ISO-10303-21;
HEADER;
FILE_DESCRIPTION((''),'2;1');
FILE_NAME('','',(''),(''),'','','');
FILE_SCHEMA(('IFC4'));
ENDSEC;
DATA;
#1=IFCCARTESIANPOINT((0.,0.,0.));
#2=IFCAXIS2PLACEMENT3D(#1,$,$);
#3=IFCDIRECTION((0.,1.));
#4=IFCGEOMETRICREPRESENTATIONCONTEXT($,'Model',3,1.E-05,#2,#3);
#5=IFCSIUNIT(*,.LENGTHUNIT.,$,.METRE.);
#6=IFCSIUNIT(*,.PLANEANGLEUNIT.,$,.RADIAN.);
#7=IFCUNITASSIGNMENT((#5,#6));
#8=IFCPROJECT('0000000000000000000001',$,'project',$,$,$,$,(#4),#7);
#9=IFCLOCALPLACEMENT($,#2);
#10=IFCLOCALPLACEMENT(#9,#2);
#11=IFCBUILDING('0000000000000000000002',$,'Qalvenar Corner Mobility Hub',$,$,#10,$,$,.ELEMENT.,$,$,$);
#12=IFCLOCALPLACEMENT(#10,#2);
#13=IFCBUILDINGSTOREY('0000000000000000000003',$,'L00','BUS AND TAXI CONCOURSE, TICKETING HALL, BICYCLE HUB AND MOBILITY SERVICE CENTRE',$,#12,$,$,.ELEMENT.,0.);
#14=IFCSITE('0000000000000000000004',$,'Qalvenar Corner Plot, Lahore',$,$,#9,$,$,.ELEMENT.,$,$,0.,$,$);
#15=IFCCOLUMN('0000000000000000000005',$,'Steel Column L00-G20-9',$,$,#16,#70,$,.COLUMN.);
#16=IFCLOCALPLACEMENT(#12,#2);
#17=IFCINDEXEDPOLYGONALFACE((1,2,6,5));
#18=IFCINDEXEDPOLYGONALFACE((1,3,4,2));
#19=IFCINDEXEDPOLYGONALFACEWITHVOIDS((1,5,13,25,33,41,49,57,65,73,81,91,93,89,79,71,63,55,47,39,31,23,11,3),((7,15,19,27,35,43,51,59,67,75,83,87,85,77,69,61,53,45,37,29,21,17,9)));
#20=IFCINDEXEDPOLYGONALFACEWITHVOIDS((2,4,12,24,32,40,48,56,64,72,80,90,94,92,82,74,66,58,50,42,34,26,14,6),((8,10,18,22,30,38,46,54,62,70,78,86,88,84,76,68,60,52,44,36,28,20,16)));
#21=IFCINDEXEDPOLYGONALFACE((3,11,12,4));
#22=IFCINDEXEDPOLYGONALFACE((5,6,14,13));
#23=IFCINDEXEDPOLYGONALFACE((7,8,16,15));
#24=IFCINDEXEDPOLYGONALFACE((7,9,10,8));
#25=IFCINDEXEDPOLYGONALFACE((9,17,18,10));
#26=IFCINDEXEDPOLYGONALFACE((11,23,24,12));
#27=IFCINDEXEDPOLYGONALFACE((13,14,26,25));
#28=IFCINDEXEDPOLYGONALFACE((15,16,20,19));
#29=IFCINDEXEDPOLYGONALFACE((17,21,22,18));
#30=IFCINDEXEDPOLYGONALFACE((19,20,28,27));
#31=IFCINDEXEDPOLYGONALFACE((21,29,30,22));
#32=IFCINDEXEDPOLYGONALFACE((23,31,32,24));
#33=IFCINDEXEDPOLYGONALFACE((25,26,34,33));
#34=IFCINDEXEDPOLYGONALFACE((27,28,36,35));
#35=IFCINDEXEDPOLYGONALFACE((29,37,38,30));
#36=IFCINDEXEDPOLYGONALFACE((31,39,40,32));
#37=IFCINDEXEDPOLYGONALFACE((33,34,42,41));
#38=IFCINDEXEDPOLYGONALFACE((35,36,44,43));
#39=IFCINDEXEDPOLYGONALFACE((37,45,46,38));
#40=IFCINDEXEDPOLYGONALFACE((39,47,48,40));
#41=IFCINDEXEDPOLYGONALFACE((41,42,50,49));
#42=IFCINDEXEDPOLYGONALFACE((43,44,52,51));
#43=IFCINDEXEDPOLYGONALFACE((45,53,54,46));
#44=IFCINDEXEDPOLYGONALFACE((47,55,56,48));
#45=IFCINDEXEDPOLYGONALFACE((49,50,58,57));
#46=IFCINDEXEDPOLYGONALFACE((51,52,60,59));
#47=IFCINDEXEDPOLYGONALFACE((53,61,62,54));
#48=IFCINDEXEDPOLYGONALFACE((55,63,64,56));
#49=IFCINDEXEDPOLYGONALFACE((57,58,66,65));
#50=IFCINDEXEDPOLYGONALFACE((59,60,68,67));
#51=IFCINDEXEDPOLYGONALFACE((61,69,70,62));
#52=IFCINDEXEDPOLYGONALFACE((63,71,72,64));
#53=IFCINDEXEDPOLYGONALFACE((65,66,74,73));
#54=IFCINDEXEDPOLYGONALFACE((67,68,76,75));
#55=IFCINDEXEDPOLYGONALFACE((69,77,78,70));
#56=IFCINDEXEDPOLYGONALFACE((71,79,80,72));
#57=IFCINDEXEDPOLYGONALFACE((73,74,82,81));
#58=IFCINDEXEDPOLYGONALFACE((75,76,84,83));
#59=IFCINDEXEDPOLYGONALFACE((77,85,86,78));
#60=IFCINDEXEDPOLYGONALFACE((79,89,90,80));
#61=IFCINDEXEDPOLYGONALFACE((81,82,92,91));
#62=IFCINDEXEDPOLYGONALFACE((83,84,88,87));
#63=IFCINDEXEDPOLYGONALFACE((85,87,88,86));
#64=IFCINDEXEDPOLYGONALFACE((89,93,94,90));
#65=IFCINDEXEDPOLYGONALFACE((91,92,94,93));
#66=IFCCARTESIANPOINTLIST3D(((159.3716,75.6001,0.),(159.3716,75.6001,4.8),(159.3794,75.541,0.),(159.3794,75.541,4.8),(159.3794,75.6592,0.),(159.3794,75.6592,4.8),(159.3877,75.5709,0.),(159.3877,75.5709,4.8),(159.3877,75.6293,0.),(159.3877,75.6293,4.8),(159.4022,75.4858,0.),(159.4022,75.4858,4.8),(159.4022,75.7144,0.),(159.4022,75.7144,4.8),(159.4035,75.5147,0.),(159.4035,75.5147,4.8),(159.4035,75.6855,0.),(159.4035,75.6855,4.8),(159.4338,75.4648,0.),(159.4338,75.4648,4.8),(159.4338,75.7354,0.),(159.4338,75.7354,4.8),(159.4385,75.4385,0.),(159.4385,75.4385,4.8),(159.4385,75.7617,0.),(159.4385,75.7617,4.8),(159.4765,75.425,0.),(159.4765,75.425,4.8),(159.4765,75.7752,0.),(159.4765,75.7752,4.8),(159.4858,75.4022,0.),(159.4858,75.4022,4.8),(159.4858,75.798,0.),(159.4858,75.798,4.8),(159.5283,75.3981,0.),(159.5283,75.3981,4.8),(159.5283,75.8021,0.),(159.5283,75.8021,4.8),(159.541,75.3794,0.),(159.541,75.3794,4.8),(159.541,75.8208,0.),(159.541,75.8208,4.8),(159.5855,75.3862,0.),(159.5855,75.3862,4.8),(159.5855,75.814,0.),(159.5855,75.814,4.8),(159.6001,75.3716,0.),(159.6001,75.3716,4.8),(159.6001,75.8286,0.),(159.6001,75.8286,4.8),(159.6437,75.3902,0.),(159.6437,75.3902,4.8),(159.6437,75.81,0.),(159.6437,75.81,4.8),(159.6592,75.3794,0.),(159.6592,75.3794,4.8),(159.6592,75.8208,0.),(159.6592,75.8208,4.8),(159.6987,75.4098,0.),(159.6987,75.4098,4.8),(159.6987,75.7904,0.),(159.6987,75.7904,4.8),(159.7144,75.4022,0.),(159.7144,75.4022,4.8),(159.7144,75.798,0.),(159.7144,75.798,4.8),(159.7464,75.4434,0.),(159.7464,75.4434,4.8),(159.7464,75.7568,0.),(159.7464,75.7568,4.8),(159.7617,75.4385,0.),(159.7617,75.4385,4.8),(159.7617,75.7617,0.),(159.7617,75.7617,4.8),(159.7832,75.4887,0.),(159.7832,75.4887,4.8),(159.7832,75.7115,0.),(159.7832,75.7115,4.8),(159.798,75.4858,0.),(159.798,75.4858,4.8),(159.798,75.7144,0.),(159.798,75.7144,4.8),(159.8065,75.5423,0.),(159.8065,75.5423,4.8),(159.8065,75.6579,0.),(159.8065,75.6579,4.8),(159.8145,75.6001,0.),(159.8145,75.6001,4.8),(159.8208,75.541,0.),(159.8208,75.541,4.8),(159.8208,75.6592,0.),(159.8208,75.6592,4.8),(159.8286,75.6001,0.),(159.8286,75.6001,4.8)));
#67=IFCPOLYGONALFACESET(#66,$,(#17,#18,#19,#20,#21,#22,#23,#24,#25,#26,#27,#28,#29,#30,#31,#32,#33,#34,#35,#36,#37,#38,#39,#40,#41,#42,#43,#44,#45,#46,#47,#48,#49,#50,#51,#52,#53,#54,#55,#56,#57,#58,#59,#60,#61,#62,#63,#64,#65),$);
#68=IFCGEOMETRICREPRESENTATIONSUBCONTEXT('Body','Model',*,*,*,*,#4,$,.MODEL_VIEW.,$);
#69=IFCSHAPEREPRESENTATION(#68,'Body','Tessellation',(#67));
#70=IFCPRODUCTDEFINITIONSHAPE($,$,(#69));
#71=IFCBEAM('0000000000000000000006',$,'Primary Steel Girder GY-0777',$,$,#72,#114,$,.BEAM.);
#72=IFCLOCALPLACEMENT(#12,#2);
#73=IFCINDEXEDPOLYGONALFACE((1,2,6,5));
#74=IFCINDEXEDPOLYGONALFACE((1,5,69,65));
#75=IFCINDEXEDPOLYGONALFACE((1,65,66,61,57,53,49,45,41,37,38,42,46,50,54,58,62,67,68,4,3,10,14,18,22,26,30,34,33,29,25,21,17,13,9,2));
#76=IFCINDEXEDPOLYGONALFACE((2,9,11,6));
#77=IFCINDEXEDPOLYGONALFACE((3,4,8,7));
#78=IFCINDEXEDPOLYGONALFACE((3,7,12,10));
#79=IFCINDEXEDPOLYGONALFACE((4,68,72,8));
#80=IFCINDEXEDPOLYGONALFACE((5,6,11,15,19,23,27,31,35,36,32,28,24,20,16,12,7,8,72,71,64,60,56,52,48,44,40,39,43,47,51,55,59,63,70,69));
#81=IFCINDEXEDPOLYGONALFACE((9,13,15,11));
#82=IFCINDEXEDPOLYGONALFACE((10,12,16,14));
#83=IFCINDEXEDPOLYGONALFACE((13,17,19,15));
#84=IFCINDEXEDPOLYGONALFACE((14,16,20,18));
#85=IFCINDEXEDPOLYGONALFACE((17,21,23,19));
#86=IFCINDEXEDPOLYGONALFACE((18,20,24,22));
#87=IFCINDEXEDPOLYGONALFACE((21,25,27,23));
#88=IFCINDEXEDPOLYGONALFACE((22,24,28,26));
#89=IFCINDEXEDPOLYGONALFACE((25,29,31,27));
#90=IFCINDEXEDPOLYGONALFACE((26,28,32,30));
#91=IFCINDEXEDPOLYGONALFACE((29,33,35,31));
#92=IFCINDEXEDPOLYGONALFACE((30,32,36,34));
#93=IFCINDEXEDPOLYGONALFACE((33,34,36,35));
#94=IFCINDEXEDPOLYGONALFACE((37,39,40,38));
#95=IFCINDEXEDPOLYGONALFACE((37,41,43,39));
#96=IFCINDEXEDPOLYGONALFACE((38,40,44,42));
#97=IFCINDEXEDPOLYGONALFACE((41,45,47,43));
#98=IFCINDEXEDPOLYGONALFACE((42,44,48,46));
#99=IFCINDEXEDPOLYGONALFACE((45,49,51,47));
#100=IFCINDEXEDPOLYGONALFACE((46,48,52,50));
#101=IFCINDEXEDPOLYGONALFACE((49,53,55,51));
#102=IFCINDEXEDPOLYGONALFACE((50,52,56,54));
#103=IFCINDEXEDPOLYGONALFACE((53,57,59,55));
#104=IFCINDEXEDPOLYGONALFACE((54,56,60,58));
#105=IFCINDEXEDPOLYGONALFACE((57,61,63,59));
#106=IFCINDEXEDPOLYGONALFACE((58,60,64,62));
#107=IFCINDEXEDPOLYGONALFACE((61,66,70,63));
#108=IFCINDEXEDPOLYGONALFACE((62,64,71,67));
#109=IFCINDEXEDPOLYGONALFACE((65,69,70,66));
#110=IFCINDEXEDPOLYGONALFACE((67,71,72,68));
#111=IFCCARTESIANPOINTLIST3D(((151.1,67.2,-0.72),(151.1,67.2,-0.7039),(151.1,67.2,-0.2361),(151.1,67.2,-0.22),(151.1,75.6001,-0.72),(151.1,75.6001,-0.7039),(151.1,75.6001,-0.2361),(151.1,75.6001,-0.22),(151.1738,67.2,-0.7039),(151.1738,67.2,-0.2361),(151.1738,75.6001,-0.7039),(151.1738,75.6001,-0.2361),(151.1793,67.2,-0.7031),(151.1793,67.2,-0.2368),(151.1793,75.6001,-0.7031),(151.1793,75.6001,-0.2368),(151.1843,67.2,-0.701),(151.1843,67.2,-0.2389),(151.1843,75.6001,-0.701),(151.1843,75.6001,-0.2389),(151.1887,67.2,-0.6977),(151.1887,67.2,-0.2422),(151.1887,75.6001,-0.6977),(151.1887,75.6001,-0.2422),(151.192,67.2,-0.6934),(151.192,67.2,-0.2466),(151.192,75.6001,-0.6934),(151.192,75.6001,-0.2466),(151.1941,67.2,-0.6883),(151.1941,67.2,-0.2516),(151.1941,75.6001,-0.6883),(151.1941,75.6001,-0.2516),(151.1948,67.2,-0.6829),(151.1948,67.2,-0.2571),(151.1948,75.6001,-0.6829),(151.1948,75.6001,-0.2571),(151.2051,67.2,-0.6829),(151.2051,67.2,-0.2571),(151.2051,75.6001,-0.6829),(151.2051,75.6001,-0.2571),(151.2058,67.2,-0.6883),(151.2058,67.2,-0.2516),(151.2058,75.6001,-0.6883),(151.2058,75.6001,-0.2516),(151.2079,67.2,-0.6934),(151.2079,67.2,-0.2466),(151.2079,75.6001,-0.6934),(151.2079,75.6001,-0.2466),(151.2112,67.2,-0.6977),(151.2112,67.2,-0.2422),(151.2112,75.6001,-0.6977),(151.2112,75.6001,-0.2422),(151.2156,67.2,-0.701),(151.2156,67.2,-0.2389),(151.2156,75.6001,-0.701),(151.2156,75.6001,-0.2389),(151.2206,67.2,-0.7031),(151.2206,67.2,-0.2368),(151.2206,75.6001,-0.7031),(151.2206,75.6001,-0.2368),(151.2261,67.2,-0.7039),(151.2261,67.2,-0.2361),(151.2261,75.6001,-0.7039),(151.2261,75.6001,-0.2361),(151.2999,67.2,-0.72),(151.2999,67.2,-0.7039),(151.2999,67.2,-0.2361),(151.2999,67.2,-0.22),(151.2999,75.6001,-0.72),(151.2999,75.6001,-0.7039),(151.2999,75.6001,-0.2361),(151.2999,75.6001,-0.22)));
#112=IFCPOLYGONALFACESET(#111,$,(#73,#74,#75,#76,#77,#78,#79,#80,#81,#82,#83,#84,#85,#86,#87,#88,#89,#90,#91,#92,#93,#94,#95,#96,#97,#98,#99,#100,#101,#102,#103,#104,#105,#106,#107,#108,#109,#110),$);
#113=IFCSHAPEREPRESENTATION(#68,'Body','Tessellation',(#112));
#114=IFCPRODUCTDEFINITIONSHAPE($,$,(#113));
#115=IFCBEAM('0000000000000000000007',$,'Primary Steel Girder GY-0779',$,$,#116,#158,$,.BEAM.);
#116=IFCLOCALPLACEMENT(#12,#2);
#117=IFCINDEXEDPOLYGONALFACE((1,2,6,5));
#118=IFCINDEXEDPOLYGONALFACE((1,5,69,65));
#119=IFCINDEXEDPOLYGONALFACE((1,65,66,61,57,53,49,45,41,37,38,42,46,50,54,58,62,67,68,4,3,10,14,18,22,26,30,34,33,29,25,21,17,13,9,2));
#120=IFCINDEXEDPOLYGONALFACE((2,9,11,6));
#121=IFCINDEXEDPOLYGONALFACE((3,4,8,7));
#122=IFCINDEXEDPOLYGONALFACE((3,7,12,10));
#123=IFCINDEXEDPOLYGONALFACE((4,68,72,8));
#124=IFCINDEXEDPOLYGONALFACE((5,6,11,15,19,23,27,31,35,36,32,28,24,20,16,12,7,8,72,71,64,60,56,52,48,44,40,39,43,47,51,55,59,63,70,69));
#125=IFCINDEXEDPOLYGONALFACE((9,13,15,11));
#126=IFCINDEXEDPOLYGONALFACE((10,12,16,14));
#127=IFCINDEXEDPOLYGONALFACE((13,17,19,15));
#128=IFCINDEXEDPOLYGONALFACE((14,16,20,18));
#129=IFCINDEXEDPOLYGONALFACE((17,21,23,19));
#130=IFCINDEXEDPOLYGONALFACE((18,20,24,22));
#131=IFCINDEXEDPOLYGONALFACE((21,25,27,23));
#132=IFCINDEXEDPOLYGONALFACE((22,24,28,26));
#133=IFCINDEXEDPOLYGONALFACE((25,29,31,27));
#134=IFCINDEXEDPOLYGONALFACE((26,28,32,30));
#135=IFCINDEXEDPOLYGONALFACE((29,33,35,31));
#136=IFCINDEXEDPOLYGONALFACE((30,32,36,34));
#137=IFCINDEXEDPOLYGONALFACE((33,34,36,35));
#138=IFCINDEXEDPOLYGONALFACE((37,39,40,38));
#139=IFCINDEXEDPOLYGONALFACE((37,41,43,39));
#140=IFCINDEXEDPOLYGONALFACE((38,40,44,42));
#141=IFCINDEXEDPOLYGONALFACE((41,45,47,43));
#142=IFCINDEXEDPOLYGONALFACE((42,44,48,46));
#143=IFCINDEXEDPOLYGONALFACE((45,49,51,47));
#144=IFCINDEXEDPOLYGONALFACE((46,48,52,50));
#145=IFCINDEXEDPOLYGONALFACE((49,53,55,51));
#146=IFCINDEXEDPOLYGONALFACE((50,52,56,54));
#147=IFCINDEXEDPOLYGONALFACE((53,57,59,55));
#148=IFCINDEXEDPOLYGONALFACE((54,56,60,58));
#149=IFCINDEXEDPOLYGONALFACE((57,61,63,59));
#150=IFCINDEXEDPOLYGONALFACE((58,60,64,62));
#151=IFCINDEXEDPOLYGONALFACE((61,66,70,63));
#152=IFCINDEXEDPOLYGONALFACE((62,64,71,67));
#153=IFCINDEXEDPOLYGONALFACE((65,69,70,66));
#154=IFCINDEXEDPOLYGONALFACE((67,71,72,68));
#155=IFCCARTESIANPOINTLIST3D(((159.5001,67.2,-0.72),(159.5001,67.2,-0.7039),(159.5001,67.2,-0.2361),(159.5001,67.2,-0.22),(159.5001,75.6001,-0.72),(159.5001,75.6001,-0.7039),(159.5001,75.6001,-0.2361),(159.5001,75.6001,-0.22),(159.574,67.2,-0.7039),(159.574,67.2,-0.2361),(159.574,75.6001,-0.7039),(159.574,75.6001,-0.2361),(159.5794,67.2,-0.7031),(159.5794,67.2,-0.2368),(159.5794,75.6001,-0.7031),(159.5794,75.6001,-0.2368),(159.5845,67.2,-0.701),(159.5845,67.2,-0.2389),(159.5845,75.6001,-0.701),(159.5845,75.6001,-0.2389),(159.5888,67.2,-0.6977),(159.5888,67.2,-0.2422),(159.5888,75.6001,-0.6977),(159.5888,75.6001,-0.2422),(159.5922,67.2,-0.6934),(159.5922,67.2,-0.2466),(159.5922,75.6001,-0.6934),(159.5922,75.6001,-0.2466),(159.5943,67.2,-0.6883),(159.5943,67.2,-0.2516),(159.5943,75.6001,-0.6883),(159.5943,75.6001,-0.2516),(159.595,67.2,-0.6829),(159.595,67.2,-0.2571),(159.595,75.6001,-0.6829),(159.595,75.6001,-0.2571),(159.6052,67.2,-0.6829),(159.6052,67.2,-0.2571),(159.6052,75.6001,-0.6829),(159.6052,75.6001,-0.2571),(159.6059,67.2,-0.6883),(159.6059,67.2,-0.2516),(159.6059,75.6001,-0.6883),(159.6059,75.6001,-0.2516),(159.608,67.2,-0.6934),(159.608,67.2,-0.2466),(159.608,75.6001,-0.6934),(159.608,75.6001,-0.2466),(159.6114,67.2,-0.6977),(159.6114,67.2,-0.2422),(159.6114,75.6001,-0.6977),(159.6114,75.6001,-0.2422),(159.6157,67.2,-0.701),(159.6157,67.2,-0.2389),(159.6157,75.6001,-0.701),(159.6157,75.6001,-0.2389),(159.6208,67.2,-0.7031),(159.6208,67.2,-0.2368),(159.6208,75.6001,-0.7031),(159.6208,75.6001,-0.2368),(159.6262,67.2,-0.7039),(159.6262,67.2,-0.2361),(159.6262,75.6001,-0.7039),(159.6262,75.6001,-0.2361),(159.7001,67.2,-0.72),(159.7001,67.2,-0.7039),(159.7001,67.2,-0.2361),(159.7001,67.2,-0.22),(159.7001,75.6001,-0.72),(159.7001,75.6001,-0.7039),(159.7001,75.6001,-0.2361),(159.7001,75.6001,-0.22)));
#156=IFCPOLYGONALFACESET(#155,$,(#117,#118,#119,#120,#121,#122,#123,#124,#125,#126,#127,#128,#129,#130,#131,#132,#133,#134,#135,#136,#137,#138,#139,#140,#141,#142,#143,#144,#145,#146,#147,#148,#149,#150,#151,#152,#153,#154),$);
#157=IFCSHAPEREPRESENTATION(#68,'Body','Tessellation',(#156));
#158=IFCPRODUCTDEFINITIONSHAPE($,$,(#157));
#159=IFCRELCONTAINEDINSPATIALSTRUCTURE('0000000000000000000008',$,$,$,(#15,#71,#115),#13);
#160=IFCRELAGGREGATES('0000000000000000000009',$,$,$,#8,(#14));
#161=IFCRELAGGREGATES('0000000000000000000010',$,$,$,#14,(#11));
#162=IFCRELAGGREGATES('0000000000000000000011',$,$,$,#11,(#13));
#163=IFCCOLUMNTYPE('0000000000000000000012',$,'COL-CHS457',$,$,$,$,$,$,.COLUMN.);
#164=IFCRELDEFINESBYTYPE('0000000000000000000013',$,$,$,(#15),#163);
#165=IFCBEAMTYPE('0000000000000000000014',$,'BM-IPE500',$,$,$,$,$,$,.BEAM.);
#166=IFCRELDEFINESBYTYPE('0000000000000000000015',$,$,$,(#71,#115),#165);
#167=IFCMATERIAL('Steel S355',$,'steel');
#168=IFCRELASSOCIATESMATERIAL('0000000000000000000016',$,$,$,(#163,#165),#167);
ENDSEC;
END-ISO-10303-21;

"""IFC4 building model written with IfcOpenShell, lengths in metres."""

from ifc_helpers import new_model, si_unit, direction, frame, origin, origin_2d, place, context, subcontext, project, spatial, hollow_circle, i_section, extrude, material, material_profile, profile_set, type_object, element, save


model = new_model("IFC4")

# Units and contexts
model_context = context("Model", 3, precision=1e-05, world=origin(), true_north=direction((0.0, 1.0)))
body_context = subcontext(model_context, "Body", "Model", "MODEL_VIEW")
ifc_project = project(units=[si_unit("LENGTHUNIT", "METRE"), si_unit("PLANEANGLEUNIT", "RADIAN")], contexts=[model_context])

# Site, building, storey
site_placement = place(None, origin())
site = spatial("IfcSite", under=ifc_project, at=site_placement, Name="Qalvenar Corner Plot, Lahore", CompositionType="ELEMENT", RefElevation=0.0)
building_placement = place(site_placement, origin())
building = spatial("IfcBuilding", under=site, at=building_placement, Name="Qalvenar Corner Mobility Hub", CompositionType="ELEMENT")
storey_placement = place(building_placement, origin())
storey = spatial("IfcBuildingStorey", under=building, at=storey_placement, Name="L00", Description="BUS AND TAXI CONCOURSE, TICKETING HALL, BICYCLE HUB AND MOBILITY SERVICE CENTRE", CompositionType="ELEMENT", Elevation=0.0)

# Column
ifc_material_1 = material(Name="Steel S355", Category="steel")
ifc_material_profile_1 = material_profile(ifc_material_1, hollow_circle(Radius=0.2285, WallThickness=0.0142, at=origin_2d()), Name="CHS457x14.2")
ifc_profile_set_1 = profile_set([ifc_material_profile_1], Name="Steel S355")
column_type = type_object("IfcColumnType", Name="COL-CHS457", PredefinedType="COLUMN", material=ifc_profile_set_1)
for number, where, z_axis, x_axis, name in (
    (1, (159.6001, 75.6001, 0.0), (0.0, 0.0, 1.0), (1.0, 0.0, 0.0), "Steel Column L00-G20-9"),
):
    element("IfcColumn", number, at=place(storey_placement, frame(where, z_axis=z_axis, x_axis=x_axis)), inside=storey, type_object=column_type, Name=name, PredefinedType="COLUMN", context=body_context, shape_type="SweptSolid", body=[
        extrude(hollow_circle(Radius=0.2285, WallThickness=0.0142, at=origin_2d()), origin(), (0.0, 0.0, 1.0), 4.8),
    ])

# Beams
ifc_material_profile_2 = material_profile(ifc_material_1, i_section(OverallWidth=0.2, OverallDepth=0.5, WebThickness=0.0103, FlangeThickness=0.0161, FilletRadius=0.021, at=origin_2d()), Name="IPE500")
ifc_profile_set_2 = profile_set([ifc_material_profile_2], Name="Steel S355")
beam_type_1 = type_object("IfcBeamType", Name="BM-IPE500", PredefinedType="BEAM", material=ifc_profile_set_2)
for number, where, z_axis, x_axis, name in (
    (2, (151.2, 67.2, -0.47), (0.0, 1.0, 0.0), (-1.0, 0.0, 0.0), "Primary Steel Girder GY-0777"),
    (3, (159.6001, 67.2, -0.47), (0.0, 1.0, 0.0), (-1.0, 0.0, 0.0), "Primary Steel Girder GY-0779"),
):
    element("IfcBeam", number, at=place(storey_placement, frame(where, z_axis=z_axis, x_axis=x_axis)), inside=storey, type_object=beam_type_1, Name=name, PredefinedType="BEAM", context=body_context, shape_type="SweptSolid", body=[
        extrude(i_section(OverallWidth=0.2, OverallDepth=0.5, WebThickness=0.0103, FlangeThickness=0.0161, FilletRadius=0.021, at=origin_2d()), origin(), (0.0, 0.0, 1.0), 8.4001),
    ])

save(model, "model.ifc")
